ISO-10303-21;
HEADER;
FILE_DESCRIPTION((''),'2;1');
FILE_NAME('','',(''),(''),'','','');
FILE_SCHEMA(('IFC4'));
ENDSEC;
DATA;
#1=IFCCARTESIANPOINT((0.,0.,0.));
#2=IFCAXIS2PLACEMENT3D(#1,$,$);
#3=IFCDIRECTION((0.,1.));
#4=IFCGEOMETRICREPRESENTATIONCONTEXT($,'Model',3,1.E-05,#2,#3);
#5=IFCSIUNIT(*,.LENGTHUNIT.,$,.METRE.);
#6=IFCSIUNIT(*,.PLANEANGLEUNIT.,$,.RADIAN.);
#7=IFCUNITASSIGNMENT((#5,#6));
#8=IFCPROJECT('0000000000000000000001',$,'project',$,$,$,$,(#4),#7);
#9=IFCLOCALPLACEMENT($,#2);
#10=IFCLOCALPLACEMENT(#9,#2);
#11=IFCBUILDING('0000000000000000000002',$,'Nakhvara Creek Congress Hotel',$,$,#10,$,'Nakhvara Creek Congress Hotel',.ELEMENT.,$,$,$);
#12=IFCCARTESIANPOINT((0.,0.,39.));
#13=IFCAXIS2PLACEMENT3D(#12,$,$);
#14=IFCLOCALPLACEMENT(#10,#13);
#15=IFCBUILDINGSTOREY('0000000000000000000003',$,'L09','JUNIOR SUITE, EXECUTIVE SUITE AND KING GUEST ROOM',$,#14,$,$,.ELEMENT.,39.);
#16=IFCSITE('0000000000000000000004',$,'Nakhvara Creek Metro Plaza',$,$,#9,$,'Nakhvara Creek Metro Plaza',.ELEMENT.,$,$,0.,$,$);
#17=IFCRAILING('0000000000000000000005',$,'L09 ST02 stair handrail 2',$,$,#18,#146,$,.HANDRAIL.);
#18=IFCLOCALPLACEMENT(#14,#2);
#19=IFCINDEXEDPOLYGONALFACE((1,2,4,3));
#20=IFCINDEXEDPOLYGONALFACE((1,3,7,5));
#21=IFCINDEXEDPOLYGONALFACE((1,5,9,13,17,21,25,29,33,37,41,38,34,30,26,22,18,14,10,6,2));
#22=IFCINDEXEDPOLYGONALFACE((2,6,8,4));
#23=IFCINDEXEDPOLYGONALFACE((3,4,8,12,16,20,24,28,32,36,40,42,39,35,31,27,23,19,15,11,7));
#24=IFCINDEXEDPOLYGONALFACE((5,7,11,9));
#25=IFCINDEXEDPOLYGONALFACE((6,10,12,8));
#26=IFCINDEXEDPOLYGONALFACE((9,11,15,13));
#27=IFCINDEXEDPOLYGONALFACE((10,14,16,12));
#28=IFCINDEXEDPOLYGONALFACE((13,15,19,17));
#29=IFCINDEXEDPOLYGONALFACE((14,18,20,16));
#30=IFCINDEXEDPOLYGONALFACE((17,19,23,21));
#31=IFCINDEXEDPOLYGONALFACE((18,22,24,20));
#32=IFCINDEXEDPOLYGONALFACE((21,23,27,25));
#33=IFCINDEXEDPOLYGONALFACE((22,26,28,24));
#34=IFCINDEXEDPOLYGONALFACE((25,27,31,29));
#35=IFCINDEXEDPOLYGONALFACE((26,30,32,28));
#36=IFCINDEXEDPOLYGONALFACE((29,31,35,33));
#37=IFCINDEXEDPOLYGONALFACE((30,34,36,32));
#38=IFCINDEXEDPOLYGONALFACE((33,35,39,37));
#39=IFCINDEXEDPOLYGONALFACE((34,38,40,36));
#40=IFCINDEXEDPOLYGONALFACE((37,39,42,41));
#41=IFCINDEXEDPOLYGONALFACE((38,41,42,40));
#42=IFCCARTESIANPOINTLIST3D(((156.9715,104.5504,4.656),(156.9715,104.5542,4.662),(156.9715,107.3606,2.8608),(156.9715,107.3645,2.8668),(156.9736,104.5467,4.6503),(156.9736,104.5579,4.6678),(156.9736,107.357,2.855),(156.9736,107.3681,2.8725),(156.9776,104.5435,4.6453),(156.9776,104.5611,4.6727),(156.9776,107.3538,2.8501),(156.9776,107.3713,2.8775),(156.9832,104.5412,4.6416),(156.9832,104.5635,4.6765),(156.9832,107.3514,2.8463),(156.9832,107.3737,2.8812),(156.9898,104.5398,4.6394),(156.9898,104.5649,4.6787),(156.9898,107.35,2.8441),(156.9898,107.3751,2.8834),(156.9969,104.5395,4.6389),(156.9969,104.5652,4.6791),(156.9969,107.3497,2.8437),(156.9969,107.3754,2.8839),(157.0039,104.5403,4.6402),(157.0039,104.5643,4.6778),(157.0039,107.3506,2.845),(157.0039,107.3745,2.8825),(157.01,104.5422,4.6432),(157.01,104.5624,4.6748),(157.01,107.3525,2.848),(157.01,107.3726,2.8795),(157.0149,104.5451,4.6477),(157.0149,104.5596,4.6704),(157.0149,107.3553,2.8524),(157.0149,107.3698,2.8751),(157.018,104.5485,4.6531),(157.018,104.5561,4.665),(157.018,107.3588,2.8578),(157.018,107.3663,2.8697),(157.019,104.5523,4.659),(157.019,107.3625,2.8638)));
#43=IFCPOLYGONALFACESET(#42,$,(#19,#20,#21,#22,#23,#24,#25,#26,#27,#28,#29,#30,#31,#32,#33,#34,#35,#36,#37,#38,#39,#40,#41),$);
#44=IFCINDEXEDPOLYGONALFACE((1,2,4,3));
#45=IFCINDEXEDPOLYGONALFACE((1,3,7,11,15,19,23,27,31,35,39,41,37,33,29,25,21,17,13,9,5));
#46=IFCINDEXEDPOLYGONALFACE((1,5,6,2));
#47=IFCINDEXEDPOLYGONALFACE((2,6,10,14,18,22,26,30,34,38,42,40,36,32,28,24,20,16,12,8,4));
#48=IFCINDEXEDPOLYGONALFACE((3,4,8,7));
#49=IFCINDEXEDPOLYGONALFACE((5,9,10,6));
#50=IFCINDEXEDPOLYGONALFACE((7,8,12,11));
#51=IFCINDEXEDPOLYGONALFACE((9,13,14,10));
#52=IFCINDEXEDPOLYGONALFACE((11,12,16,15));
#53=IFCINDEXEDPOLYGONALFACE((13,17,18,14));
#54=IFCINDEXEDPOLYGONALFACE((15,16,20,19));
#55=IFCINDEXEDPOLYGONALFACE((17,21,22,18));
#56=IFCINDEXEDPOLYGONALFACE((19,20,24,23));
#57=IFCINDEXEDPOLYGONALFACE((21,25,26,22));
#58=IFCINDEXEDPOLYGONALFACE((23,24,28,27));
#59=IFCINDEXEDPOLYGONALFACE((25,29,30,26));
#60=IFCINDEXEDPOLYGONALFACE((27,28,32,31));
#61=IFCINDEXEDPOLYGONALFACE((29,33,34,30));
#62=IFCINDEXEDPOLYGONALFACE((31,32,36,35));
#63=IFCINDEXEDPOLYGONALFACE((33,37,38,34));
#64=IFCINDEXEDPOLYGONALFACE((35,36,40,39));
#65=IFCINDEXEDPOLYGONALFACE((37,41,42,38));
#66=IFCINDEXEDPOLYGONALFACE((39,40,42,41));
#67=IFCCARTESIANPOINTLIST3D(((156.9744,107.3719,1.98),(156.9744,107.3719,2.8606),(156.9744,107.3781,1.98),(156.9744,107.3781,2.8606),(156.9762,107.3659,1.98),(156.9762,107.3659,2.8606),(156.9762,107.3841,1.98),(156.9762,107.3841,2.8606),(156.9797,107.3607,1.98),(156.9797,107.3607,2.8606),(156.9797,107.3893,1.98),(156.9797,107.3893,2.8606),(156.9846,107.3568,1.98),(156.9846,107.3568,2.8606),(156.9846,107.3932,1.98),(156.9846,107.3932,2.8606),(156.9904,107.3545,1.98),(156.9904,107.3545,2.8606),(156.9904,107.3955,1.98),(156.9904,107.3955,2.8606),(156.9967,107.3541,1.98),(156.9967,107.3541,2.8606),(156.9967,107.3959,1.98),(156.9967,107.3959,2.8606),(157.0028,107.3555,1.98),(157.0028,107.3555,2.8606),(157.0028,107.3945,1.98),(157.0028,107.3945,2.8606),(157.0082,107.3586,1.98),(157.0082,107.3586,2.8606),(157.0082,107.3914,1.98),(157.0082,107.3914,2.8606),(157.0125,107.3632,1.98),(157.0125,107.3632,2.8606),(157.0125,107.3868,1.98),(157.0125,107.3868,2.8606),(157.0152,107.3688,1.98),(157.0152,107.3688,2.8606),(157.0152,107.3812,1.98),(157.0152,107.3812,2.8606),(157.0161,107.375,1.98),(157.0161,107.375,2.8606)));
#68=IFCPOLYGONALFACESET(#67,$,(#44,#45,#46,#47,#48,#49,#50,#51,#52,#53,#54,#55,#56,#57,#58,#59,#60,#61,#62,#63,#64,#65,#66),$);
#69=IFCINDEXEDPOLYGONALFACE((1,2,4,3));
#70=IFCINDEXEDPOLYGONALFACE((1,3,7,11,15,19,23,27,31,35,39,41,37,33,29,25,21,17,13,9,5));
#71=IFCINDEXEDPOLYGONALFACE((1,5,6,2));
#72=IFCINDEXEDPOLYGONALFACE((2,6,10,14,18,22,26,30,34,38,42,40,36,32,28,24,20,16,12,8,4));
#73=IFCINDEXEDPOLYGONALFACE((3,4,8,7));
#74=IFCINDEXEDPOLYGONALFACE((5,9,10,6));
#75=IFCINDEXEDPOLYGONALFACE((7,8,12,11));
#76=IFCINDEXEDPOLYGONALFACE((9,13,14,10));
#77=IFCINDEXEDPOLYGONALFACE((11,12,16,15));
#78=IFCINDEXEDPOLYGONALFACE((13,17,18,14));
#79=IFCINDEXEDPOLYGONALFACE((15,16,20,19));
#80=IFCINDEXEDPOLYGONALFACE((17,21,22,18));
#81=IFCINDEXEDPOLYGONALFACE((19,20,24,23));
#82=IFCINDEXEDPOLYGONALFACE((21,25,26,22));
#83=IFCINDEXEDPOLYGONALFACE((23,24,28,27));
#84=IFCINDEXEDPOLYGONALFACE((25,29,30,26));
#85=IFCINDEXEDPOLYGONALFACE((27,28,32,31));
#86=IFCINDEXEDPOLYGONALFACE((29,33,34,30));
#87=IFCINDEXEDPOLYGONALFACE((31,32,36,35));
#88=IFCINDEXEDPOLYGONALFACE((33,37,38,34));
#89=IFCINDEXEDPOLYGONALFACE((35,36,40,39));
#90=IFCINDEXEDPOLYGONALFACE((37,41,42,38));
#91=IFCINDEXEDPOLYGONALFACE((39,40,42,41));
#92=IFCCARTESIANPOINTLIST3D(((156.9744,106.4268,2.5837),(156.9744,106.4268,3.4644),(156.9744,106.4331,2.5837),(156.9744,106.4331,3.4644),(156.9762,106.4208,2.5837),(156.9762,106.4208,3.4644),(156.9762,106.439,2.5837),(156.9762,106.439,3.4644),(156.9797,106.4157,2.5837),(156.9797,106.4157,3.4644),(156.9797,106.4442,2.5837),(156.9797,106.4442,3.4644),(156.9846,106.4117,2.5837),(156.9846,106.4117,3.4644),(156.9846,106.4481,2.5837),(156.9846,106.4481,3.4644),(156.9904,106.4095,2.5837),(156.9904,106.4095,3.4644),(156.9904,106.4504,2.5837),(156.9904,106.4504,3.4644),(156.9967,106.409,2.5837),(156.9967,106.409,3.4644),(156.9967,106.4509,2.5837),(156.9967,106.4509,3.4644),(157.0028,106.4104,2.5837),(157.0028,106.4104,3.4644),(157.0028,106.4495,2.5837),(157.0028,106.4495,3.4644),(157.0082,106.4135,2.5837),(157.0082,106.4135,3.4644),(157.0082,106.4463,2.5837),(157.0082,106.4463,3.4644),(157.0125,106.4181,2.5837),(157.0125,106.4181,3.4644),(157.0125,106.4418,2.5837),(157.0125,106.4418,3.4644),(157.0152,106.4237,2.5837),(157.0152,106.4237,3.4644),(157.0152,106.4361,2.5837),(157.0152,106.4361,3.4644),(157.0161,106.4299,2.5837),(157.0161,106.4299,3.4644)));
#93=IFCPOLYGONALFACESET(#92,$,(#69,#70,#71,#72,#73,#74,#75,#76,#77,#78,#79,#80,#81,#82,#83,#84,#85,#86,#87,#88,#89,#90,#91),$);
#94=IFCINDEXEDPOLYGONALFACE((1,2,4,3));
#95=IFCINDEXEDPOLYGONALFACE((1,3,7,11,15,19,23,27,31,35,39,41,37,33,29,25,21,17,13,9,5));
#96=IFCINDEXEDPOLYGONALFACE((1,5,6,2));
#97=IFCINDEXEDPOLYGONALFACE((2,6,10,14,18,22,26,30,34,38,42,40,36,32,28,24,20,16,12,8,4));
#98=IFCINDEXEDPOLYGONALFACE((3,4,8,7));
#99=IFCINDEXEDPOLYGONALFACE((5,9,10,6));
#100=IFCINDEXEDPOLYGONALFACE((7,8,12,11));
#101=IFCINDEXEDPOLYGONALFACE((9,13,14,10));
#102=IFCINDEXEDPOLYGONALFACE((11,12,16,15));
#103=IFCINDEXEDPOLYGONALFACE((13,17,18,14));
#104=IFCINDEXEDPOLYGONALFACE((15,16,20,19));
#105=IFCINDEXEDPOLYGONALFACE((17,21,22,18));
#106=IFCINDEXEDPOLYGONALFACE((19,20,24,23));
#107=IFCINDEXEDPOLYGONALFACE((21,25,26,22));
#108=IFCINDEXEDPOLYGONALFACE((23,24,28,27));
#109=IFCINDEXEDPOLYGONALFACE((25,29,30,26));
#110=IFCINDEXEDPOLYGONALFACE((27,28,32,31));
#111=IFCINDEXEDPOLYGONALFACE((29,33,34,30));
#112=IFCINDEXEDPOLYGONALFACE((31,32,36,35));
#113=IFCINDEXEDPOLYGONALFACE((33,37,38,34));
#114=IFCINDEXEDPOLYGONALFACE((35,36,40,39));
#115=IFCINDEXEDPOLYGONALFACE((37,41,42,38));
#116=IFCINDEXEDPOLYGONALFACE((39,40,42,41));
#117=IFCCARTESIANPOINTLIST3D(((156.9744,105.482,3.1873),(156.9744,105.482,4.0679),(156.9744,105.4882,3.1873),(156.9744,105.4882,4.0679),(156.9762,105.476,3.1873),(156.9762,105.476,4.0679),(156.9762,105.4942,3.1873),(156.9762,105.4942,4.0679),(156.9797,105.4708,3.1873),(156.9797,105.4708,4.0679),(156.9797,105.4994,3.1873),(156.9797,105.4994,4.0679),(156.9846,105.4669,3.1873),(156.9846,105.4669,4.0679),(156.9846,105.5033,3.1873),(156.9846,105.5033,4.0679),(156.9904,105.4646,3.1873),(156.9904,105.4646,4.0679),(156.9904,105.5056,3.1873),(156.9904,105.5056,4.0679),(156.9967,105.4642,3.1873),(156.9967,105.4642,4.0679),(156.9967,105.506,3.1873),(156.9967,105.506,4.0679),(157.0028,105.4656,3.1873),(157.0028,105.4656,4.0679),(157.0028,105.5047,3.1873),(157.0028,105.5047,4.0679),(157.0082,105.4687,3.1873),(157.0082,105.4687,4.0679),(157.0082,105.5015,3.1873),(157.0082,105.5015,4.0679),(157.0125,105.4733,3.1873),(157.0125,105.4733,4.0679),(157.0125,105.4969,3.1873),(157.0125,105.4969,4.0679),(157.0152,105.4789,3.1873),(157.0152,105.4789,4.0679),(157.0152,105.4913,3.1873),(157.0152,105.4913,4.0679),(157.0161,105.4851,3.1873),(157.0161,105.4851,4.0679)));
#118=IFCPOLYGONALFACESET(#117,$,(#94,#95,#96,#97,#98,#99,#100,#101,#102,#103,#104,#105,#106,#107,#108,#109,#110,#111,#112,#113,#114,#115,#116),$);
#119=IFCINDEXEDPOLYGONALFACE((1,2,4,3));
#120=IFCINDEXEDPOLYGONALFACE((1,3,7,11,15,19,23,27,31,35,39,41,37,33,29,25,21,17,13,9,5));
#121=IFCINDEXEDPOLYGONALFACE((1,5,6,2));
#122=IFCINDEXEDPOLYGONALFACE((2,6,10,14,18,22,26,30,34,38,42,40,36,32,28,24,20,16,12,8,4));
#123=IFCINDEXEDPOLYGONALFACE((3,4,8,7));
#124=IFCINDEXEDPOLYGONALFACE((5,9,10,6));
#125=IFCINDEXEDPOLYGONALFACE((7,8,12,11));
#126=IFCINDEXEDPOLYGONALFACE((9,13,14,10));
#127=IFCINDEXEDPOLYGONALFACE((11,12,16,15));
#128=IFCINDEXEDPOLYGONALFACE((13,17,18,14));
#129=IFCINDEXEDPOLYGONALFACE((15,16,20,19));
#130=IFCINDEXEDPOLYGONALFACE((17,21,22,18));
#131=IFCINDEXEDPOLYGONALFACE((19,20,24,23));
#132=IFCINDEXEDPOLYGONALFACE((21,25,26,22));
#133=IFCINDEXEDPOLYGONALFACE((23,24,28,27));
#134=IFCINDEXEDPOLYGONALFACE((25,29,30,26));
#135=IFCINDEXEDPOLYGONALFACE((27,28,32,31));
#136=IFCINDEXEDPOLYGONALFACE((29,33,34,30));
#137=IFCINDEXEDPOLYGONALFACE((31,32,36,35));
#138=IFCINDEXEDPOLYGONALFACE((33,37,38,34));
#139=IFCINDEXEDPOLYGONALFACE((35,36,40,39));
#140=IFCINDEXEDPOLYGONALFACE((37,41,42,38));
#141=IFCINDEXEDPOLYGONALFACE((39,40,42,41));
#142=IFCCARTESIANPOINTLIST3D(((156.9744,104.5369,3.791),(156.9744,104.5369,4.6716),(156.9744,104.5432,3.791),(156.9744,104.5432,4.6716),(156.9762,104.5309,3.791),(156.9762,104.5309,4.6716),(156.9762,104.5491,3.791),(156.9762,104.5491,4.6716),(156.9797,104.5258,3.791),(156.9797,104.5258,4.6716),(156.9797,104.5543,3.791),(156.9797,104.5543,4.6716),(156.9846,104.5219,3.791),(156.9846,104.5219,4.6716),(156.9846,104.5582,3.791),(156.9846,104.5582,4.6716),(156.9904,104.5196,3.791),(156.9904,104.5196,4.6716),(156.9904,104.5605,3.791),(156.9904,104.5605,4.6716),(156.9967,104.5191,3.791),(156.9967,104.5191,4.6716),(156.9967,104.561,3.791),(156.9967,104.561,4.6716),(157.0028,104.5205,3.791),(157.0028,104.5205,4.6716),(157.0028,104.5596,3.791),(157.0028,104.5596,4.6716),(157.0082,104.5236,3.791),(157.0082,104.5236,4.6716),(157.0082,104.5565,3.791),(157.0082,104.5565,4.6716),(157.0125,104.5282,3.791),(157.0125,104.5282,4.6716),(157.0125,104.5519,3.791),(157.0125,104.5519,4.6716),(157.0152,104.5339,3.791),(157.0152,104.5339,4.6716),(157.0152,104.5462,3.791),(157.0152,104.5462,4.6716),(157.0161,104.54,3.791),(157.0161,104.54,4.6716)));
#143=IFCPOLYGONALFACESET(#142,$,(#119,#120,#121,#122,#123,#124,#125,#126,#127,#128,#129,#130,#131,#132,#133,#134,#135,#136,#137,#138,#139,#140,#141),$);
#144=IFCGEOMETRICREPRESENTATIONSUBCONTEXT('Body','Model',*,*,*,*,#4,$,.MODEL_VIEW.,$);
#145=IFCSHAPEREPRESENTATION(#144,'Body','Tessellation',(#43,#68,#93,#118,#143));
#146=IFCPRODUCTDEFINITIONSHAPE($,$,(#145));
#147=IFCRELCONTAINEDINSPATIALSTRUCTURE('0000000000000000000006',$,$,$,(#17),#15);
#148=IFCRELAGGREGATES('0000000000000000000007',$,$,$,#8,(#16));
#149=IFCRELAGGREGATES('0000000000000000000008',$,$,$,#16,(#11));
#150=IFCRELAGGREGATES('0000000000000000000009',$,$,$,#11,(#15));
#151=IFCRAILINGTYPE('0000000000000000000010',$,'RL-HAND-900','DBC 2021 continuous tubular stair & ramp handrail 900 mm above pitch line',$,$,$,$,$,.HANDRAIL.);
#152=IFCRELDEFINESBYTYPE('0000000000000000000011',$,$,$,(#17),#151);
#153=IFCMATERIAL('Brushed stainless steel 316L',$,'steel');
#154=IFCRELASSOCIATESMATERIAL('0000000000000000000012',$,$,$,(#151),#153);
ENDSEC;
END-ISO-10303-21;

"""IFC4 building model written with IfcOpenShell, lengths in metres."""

from ifc_helpers import new_model, si_unit, direction, frame, origin, origin_2d, place, context, subcontext, project, spatial, circle, extrude, material, type_object, element, save


model = new_model("IFC4")

# Units and contexts
model_context = context("Model", 3, precision=1e-05, world=origin(), true_north=direction((0.0, 1.0)))
body_context = subcontext(model_context, "Body", "Model", "MODEL_VIEW")
ifc_project = project(units=[si_unit("LENGTHUNIT", "METRE"), si_unit("PLANEANGLEUNIT", "RADIAN")], contexts=[model_context])

# Site, building, storey
site_placement = place(None, origin())
site = spatial("IfcSite", under=ifc_project, at=site_placement, Name="Nakhvara Creek Metro Plaza", LongName="Nakhvara Creek Metro Plaza", CompositionType="ELEMENT", RefElevation=0.0)
building_placement = place(site_placement, origin())
building = spatial("IfcBuilding", under=site, at=building_placement, Name="Nakhvara Creek Congress Hotel", LongName="Nakhvara Creek Congress Hotel", CompositionType="ELEMENT")
storey_placement = place(building_placement, frame((0.0, 0.0, 39.0)))
storey = spatial("IfcBuildingStorey", under=building, at=storey_placement, Name="L09", Description="JUNIOR SUITE, EXECUTIVE SUITE AND KING GUEST ROOM", CompositionType="ELEMENT", Elevation=39.0)

# Railing
ifc_material_1 = material(Name="Brushed stainless steel 316L", Category="steel")
railing_type_1 = type_object("IfcRailingType", Name="RL-HAND-900", Description="DBC 2021 continuous tubular stair & ramp handrail 900 mm above pitch line", PredefinedType="HANDRAIL", material=ifc_material_1)
railing_1_placement = place(storey_placement, frame((156.9951, 107.375, 1.98)))
element("IfcRailing", 1, at=railing_1_placement, inside=storey, type_object=railing_type_1, Name="L09 ST02 stair handrail 2", PredefinedType="HANDRAIL", context=body_context, shape_type="SweptSolid", body=[
    extrude(circle(Radius=0.0239, at=origin_2d()), frame((0.0, -0.0125, 0.8838), z_axis=(0.0, -0.842722, 0.538349), x_axis=(1.0, 0.0, 0.0)), (0.0, 0.0, 1.0), 3.3347),
    extrude(circle(Radius=0.021, at=origin_2d()), origin(), (0.0, 0.0, 1.0), 0.8806),
    extrude(circle(Radius=0.021, at=origin_2d()), frame((0.0, -0.9451, 0.6038)), (0.0, 0.0, 1.0), 0.8806),
    extrude(circle(Radius=0.021, at=origin_2d()), frame((0.0, -1.8899, 1.2073)), (0.0, 0.0, 1.0), 0.8806),
    extrude(circle(Radius=0.021, at=origin_2d()), frame((0.0, -2.835, 1.811)), (0.0, 0.0, 1.0), 0.8806),
])

save(model, "model.ifc")
